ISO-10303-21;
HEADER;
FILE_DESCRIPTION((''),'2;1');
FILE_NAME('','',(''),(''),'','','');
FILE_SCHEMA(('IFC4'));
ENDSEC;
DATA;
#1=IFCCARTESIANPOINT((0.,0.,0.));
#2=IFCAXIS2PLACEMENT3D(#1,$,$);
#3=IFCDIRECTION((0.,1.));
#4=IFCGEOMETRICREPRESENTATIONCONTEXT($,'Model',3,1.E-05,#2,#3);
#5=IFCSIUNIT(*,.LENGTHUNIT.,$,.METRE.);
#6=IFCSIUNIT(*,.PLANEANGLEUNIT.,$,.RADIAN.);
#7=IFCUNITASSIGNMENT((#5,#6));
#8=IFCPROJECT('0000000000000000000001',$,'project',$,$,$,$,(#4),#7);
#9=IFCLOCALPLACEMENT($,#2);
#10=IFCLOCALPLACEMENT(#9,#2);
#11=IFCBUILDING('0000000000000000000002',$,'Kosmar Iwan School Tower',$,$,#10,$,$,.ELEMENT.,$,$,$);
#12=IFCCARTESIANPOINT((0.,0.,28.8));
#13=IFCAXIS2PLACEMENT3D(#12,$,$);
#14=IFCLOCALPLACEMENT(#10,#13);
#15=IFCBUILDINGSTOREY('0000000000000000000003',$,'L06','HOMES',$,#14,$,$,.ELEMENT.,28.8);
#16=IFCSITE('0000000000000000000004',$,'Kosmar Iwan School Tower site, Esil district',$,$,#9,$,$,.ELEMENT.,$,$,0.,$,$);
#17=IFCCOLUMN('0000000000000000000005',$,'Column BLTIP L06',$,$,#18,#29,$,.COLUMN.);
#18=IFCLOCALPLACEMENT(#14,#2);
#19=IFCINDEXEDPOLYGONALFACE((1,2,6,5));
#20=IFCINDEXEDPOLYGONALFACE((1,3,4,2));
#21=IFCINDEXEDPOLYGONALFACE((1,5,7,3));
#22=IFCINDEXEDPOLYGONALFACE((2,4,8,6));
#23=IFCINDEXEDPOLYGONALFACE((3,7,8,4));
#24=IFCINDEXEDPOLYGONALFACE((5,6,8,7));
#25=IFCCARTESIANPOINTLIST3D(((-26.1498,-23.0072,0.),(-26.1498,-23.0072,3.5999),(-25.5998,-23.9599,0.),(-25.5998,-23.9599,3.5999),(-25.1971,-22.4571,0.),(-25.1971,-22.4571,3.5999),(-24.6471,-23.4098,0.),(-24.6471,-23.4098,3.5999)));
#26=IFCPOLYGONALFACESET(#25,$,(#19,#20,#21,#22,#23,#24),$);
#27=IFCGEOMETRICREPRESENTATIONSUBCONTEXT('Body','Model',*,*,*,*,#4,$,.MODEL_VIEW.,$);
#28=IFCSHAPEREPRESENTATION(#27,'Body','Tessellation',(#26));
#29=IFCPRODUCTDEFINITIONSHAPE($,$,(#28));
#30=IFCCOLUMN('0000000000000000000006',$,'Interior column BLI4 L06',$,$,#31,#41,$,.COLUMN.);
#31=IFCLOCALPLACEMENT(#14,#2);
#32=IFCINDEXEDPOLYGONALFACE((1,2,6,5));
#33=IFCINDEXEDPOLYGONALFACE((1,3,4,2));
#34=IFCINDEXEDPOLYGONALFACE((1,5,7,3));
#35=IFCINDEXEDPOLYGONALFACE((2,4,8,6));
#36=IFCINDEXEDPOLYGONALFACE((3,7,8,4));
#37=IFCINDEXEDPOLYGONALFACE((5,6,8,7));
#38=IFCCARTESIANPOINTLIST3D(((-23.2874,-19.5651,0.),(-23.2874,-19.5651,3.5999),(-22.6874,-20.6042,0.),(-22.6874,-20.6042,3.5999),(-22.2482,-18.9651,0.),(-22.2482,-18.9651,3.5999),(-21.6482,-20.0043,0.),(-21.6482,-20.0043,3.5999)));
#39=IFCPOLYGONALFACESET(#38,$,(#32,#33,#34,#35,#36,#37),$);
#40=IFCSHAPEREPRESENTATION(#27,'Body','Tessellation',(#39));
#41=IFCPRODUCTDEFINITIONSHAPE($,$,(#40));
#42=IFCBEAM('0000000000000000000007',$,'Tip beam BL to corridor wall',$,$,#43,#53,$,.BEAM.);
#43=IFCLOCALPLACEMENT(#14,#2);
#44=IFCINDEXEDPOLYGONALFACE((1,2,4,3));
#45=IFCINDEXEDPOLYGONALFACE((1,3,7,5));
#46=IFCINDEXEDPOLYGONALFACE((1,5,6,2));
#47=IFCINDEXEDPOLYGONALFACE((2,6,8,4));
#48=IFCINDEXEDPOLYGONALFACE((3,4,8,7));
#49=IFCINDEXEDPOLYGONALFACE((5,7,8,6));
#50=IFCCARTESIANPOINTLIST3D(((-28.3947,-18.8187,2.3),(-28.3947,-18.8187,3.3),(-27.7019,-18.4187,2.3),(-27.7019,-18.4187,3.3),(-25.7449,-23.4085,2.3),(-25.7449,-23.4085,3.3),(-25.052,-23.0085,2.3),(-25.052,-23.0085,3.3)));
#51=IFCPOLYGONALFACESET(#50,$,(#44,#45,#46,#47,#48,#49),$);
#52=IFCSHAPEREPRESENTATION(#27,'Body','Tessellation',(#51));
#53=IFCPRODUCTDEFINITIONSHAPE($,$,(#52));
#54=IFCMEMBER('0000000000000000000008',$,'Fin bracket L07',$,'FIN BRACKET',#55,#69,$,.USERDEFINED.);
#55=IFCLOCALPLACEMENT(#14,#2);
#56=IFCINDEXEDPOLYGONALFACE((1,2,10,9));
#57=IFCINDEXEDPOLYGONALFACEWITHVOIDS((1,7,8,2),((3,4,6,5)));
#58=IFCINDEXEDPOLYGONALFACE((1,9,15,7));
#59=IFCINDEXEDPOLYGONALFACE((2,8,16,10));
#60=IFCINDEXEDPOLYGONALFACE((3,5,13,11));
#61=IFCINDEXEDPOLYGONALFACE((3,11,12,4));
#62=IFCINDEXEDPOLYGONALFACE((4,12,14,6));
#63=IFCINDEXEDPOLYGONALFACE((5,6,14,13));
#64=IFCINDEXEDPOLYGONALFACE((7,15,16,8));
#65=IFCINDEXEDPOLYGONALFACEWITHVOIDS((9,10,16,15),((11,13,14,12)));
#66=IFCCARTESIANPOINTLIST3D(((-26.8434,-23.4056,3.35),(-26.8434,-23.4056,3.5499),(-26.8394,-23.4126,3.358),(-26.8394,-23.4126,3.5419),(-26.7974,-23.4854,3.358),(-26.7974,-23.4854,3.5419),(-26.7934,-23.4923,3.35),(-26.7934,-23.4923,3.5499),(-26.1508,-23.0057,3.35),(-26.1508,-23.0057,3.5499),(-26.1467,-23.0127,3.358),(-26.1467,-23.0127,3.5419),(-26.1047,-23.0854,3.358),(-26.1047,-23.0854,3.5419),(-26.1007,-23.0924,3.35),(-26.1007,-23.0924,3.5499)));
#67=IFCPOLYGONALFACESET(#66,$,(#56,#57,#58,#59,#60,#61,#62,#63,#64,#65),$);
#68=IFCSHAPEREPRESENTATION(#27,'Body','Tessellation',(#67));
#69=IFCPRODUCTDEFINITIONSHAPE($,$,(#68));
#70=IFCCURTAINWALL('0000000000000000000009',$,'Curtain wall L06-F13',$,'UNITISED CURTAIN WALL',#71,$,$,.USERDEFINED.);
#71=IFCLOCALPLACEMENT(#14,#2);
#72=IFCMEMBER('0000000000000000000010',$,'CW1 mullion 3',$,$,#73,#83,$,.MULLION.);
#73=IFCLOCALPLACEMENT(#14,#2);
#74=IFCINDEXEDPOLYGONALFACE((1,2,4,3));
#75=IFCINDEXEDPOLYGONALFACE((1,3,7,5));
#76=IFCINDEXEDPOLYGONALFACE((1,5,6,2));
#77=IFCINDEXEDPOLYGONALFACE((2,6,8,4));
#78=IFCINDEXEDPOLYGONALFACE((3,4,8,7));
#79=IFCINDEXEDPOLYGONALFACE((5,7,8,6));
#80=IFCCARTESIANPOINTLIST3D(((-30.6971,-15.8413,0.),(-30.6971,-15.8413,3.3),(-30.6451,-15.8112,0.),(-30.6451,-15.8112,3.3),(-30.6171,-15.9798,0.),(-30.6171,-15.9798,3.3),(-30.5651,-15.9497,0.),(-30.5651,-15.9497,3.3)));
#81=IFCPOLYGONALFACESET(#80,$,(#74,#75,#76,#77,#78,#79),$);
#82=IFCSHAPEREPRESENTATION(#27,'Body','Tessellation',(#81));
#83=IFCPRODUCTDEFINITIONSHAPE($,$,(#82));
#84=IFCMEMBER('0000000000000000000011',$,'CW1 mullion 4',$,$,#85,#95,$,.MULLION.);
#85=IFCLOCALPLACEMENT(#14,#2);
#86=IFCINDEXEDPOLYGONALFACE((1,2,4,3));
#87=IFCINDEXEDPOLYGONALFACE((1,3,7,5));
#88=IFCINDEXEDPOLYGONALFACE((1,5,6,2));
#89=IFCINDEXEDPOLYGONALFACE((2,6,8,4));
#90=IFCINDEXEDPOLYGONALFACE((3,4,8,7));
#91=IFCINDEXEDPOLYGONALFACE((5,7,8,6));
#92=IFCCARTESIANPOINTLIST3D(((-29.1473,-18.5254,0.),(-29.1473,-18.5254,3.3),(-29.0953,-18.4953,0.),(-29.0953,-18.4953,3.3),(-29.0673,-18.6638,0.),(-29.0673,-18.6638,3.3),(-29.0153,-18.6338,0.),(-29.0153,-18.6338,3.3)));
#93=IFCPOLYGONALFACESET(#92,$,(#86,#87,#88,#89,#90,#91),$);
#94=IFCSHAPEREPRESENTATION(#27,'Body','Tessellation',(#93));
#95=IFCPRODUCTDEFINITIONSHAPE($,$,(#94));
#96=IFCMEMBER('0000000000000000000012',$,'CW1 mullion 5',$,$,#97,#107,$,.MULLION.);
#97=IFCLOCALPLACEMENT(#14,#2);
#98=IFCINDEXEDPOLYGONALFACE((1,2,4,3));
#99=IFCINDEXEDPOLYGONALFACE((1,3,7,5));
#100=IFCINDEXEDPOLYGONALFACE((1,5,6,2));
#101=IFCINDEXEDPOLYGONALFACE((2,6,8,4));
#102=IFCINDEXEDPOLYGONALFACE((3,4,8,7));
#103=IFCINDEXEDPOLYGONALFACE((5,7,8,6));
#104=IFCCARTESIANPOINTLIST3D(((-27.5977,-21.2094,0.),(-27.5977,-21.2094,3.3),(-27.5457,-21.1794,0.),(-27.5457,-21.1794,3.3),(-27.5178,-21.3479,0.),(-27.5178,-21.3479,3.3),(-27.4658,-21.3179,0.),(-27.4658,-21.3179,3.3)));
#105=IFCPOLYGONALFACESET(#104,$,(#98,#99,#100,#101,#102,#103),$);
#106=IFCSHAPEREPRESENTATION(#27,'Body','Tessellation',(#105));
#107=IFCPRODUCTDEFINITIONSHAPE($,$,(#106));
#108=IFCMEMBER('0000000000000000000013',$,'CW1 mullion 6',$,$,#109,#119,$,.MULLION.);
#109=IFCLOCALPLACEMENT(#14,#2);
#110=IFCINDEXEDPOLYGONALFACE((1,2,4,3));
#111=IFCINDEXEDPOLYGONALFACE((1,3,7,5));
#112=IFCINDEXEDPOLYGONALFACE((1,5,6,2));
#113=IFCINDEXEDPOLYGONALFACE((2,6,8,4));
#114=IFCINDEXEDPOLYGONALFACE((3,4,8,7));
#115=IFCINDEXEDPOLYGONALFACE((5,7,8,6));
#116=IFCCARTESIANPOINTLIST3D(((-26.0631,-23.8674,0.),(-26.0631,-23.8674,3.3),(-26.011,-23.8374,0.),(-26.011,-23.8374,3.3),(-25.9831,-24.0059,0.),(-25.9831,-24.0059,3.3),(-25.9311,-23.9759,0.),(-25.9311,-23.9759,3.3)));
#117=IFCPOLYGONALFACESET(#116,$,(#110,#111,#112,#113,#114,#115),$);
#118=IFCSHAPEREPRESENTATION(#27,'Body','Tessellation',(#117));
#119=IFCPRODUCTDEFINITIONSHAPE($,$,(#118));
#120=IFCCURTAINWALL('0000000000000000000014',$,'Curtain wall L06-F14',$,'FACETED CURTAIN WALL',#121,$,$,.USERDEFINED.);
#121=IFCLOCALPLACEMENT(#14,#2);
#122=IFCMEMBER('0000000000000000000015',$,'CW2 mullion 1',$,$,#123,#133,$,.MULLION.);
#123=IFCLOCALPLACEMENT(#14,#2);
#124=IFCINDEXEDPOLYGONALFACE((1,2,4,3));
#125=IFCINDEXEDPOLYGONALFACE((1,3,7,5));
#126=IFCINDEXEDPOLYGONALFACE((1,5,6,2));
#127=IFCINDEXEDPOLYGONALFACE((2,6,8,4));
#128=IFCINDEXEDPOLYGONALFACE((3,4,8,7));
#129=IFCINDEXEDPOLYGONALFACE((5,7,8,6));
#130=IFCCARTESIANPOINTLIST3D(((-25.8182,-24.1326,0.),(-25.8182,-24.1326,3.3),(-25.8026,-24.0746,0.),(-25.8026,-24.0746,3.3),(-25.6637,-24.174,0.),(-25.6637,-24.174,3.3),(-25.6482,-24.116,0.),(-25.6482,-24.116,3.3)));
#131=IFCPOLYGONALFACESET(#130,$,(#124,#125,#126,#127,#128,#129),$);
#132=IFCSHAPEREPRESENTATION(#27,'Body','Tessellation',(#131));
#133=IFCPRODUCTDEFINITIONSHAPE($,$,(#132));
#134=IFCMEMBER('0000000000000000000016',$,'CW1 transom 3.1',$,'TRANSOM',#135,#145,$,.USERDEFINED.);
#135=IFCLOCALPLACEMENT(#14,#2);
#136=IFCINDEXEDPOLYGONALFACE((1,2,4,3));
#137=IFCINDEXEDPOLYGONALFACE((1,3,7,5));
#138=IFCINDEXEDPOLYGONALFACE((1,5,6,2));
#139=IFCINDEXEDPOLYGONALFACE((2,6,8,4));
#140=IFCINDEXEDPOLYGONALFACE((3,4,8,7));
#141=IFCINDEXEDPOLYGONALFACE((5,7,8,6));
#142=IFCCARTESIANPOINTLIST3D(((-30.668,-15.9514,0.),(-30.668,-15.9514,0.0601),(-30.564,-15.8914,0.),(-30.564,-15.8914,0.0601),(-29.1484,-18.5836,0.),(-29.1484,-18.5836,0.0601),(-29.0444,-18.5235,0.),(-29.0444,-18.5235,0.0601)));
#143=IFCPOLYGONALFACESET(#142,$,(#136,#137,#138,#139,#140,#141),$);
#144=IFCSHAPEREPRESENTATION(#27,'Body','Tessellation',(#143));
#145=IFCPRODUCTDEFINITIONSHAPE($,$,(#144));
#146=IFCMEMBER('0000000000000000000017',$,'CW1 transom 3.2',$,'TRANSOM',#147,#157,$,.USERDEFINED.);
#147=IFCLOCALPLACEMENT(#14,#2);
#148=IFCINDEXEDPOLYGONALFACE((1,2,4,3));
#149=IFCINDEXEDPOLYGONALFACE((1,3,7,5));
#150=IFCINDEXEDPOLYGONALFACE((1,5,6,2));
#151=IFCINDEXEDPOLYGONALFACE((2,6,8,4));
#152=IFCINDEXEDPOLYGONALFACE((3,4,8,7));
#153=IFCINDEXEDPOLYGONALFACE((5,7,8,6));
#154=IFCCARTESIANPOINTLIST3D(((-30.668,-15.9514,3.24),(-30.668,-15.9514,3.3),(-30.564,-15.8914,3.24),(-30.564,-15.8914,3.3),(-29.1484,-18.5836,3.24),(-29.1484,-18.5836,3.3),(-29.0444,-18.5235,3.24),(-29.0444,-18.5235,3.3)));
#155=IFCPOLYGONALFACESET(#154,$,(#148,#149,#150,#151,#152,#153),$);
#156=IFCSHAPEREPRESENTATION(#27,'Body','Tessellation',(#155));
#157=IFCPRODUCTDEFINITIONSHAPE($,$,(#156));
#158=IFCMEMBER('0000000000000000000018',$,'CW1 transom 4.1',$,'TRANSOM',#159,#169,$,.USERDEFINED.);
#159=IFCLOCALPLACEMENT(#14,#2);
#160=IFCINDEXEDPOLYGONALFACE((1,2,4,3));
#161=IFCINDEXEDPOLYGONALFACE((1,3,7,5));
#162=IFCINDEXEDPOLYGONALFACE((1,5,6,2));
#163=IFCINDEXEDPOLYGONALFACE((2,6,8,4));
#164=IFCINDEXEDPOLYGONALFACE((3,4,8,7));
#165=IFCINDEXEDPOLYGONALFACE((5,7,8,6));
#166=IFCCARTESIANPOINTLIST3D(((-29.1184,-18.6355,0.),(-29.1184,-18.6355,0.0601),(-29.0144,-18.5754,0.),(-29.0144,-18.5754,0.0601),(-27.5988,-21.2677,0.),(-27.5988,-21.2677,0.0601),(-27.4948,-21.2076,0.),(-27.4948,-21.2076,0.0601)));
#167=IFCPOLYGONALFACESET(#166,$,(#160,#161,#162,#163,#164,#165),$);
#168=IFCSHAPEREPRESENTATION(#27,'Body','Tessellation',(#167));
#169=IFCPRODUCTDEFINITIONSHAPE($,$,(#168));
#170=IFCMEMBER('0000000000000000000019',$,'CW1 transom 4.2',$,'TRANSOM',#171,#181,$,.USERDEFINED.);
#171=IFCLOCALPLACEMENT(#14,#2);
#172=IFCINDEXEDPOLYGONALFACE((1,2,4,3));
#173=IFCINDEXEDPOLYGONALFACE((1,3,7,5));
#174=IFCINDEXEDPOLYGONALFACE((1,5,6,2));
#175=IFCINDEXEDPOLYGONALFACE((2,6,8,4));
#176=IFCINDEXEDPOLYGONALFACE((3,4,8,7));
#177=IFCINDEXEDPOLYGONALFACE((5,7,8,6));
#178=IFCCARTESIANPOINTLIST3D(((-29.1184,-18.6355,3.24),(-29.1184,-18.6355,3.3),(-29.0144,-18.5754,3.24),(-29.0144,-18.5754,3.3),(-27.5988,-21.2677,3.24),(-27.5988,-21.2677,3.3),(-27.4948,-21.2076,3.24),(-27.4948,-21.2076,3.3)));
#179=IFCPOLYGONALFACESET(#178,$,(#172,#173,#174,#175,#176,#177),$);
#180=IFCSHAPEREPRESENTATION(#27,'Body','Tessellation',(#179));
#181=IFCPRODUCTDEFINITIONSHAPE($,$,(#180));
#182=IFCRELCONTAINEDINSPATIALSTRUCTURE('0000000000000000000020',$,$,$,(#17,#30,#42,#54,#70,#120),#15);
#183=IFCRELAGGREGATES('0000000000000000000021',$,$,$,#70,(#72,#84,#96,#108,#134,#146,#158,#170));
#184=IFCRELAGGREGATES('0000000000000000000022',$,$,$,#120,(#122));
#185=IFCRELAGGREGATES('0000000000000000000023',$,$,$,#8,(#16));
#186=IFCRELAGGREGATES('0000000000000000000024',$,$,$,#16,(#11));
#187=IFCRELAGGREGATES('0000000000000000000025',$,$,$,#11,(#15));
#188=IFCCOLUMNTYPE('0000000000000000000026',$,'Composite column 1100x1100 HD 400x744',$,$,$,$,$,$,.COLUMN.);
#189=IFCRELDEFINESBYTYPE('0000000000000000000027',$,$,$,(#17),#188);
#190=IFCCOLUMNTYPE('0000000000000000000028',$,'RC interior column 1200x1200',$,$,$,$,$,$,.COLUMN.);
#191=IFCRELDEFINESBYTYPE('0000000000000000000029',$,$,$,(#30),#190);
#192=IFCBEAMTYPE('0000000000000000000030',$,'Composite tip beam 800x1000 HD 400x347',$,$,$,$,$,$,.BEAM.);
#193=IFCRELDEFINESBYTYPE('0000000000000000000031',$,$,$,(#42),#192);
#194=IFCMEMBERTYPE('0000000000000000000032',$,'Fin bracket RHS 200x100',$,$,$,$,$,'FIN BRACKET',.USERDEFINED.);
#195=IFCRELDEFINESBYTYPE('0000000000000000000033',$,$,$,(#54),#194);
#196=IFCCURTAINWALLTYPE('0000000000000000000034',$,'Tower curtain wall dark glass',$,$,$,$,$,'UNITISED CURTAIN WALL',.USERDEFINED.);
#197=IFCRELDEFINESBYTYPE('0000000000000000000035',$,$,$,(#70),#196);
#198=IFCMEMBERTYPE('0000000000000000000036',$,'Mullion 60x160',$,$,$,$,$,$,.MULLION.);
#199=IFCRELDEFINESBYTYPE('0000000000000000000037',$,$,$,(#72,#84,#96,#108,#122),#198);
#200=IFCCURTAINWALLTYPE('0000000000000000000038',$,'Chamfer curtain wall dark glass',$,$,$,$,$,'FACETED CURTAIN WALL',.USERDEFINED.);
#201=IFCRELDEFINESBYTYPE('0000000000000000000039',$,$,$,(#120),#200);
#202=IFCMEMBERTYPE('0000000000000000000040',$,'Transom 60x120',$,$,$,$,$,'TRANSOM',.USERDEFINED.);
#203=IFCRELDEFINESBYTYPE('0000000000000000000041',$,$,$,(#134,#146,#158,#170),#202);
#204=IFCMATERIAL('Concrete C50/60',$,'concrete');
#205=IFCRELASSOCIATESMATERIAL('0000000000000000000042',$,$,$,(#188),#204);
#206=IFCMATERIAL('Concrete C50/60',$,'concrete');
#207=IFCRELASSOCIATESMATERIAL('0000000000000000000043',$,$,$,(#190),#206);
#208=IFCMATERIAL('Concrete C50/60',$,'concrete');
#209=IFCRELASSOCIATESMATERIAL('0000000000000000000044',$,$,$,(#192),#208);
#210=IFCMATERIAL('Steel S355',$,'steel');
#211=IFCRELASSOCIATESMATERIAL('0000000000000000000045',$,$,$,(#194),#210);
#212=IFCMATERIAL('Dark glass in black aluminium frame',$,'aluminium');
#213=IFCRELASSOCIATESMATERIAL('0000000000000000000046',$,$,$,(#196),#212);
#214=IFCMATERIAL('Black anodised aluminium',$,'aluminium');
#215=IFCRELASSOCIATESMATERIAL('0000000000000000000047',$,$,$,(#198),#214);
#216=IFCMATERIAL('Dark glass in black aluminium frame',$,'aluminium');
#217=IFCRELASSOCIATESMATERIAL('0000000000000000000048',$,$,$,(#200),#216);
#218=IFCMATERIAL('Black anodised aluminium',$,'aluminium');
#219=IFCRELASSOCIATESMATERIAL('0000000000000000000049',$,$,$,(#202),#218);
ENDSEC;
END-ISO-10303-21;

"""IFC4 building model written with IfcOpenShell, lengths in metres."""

from ifc_helpers import new_model, si_unit, direction, frame, origin, origin_2d, place, context, subcontext, project, spatial, rectangle, hollow_rectangle, extrude, material, material_profile, profile_set, type_object, element, aggregate, save


model = new_model("IFC4")

# Units and contexts
model_context = context("Model", 3, precision=1e-05, world=origin(), true_north=direction((0.0, 1.0)))
body_context = subcontext(model_context, "Body", "Model", "MODEL_VIEW")
ifc_project = project(units=[si_unit("LENGTHUNIT", "METRE"), si_unit("PLANEANGLEUNIT", "RADIAN")], contexts=[model_context])

# Site, building, storey
site_placement = place(None, origin())
site = spatial("IfcSite", under=ifc_project, at=site_placement, Name="Kosmar Iwan School Tower site, Esil district", CompositionType="ELEMENT", RefElevation=0.0)
building_placement = place(site_placement, origin())
building = spatial("IfcBuilding", under=site, at=building_placement, Name="Kosmar Iwan School Tower", CompositionType="ELEMENT")
storey_placement = place(building_placement, frame((0.0, 0.0, 28.8)))
storey = spatial("IfcBuildingStorey", under=building, at=storey_placement, Name="L06", Description="HOMES", CompositionType="ELEMENT", Elevation=28.8)

# Columns
ifc_material_1 = material(Name="Concrete C50/60", Category="concrete")
ifc_material_profile_1 = material_profile(ifc_material_1, rectangle(XDim=1.1001, YDim=1.1001, at=origin_2d()), Name="RC 1100x1100 + HD 400x744")
ifc_profile_set_1 = profile_set([ifc_material_profile_1], Name="Concrete C50/60")
column_type_1 = type_object("IfcColumnType", Name="Composite column 1100x1100 HD 400x744", PredefinedType="COLUMN", material=ifc_profile_set_1)
column_1_placement = place(storey_placement, frame((-25.3984, -23.2085, 0.0), z_axis=(0.0, 0.0, 1.0), x_axis=(-0.866025, -0.5, 0.0)))
element("IfcColumn", 1, at=column_1_placement, inside=storey, type_object=column_type_1, Name="Column BLTIP L06", PredefinedType="COLUMN", context=body_context, shape_type="SweptSolid", body=[
    extrude(rectangle(XDim=1.1001, YDim=1.1001, at=origin_2d()), origin(), (0.0, 0.0, 1.0), 3.5999),
])
ifc_material_2 = material(Name="Concrete C50/60", Category="concrete")
ifc_material_profile_2 = material_profile(ifc_material_2, rectangle(XDim=1.2, YDim=1.2, at=origin_2d()), Name="RC 1200x1200")
ifc_profile_set_2 = profile_set([ifc_material_profile_2], Name="Concrete C50/60")
column_type_2 = type_object("IfcColumnType", Name="RC interior column 1200x1200", PredefinedType="COLUMN", material=ifc_profile_set_2)
column_2_placement = place(storey_placement, frame((-22.4678, -19.7847, 0.0), z_axis=(0.0, 0.0, 1.0), x_axis=(-0.866025, -0.5, 0.0)))
element("IfcColumn", 2, at=column_2_placement, inside=storey, type_object=column_type_2, Name="Interior column BLI4 L06", PredefinedType="COLUMN", context=body_context, shape_type="SweptSolid", body=[
    extrude(rectangle(XDim=1.2, YDim=1.2, at=origin_2d()), origin(), (0.0, 0.0, 1.0), 3.5999),
])

# Beam
ifc_material_3 = material(Name="Concrete C50/60", Category="concrete")
ifc_material_profile_3 = material_profile(ifc_material_3, rectangle(XDim=0.8, YDim=1.0, at=origin_2d()), Name="RC 800x1000 + HD 400x347")
ifc_profile_set_3 = profile_set([ifc_material_profile_3], Name="Concrete C50/60")
beam_type = type_object("IfcBeamType", Name="Composite tip beam 800x1000 HD 400x347", PredefinedType="BEAM", material=ifc_profile_set_3)
beam_placement = place(storey_placement, frame((-25.3984, -23.2085, 2.8), z_axis=(-0.499994, 0.866029, 0.0), x_axis=(-0.866029, -0.499994, 0.0)))
element("IfcBeam", 3, at=beam_placement, inside=storey, type_object=beam_type, Name="Tip beam BL to corridor wall", PredefinedType="BEAM", context=body_context, shape_type="SweptSolid", body=[
    extrude(rectangle(XDim=0.8, YDim=1.0, at=origin_2d()), origin(), (0.0, 0.0, 1.0), 5.2998),
])

# Member
ifc_material_4 = material(Name="Steel S355", Category="steel")
ifc_material_profile_4 = material_profile(ifc_material_4, hollow_rectangle(XDim=0.1001, YDim=0.2, WallThickness=0.0081, at=origin_2d()), Name="RHS 200x100x8")
ifc_profile_set_4 = profile_set([ifc_material_profile_4], Name="Steel S355")
member_type_1 = type_object("IfcMemberType", Name="Fin bracket RHS 200x100", ElementType="FIN BRACKET", PredefinedType="USERDEFINED", material=ifc_profile_set_4)
member_1_placement = place(storey_placement, frame((-26.1257, -23.0491, 3.45), z_axis=(-0.866018, -0.500013, 0.0), x_axis=(0.500013, -0.866018, 0.0)))
element("IfcMember", 4, at=member_1_placement, inside=storey, type_object=member_type_1, Name="Fin bracket L07", ObjectType="FIN BRACKET", PredefinedType="USERDEFINED", context=body_context, shape_type="SweptSolid", body=[
    extrude(hollow_rectangle(XDim=0.1001, YDim=0.2, WallThickness=0.0081, at=origin_2d()), origin(), (0.0, 0.0, 1.0), 0.7998),
])

# Curtain wall, members
ifc_material_5 = material(Name="Dark glass in black aluminium frame", Category="aluminium")
curtain_wall_type_1 = type_object("IfcCurtainWallType", Name="Tower curtain wall dark glass", ElementType="UNITISED CURTAIN WALL", PredefinedType="USERDEFINED", material=ifc_material_5)
curtain_wall_1_placement = place(storey_placement, origin())
curtain_wall_1 = element("IfcCurtainWall", 5, at=curtain_wall_1_placement, inside=storey, type_object=curtain_wall_type_1, Name="Curtain wall L06-F13", ObjectType="UNITISED CURTAIN WALL", PredefinedType="USERDEFINED")
ifc_material_6 = material(Name="Black anodised aluminium", Category="aluminium")
ifc_material_profile_5 = material_profile(ifc_material_6, rectangle(XDim=0.0601, YDim=0.1599, at=origin_2d()), Name="MULLION 60x160")
ifc_profile_set_5 = profile_set([ifc_material_profile_5], Name="Black anodised aluminium")
member_type_2 = type_object("IfcMemberType", Name="Mullion 60x160", PredefinedType="MULLION", material=ifc_profile_set_5)
member_2_placement = place(storey_placement, frame((-30.6311, -15.8955, 0.0), z_axis=(0.0, 0.0, 1.0), x_axis=(0.866025, 0.5, 0.0)))
member_2 = element("IfcMember", 6, at=member_2_placement, type_object=member_type_2, Name="CW1 mullion 3", PredefinedType="MULLION", context=body_context, shape_type="SweptSolid", body=[
    extrude(rectangle(XDim=0.0601, YDim=0.1599, at=origin_2d()), origin(), (0.0, 0.0, 1.0), 3.3),
])
member_3_placement = place(storey_placement, frame((-29.0813, -18.5796, 0.0), z_axis=(0.0, 0.0, 1.0), x_axis=(0.866025, 0.5, 0.0)))
member_3 = element("IfcMember", 7, at=member_3_placement, type_object=member_type_2, Name="CW1 mullion 4", PredefinedType="MULLION", context=body_context, shape_type="SweptSolid", body=[
    extrude(rectangle(XDim=0.0601, YDim=0.1599, at=origin_2d()), origin(), (0.0, 0.0, 1.0), 3.3),
])
member_4_placement = place(storey_placement, frame((-27.5317, -21.2637, 0.0), z_axis=(0.0, 0.0, 1.0), x_axis=(0.866025, 0.5, 0.0)))
member_4 = element("IfcMember", 8, at=member_4_placement, type_object=member_type_2, Name="CW1 mullion 5", PredefinedType="MULLION", context=body_context, shape_type="SweptSolid", body=[
    extrude(rectangle(XDim=0.0601, YDim=0.1599, at=origin_2d()), origin(), (0.0, 0.0, 1.0), 3.3),
])
member_5_placement = place(storey_placement, frame((-25.9971, -23.9216, 0.0), z_axis=(0.0, 0.0, 1.0), x_axis=(0.866025, 0.5, 0.0)))
member_5 = element("IfcMember", 9, at=member_5_placement, type_object=member_type_2, Name="CW1 mullion 6", PredefinedType="MULLION", context=body_context, shape_type="SweptSolid", body=[
    extrude(rectangle(XDim=0.0601, YDim=0.1599, at=origin_2d()), origin(), (0.0, 0.0, 1.0), 3.3),
])

# Curtain wall, member
ifc_material_7 = material(Name="Dark glass in black aluminium frame", Category="aluminium")
curtain_wall_type_2 = type_object("IfcCurtainWallType", Name="Chamfer curtain wall dark glass", ElementType="FACETED CURTAIN WALL", PredefinedType="USERDEFINED", material=ifc_material_7)
curtain_wall_2_placement = place(storey_placement, origin())
curtain_wall_2 = element("IfcCurtainWall", 10, at=curtain_wall_2_placement, inside=storey, type_object=curtain_wall_type_2, Name="Curtain wall L06-F14", ObjectType="FACETED CURTAIN WALL", PredefinedType="USERDEFINED")
member_6_placement = place(storey_placement, frame((-25.7332, -24.1243, 0.0), z_axis=(0.0, 0.0, 1.0), x_axis=(0.258819, 0.965926, 0.0)))
member_6 = element("IfcMember", 11, at=member_6_placement, type_object=member_type_2, Name="CW2 mullion 1", PredefinedType="MULLION", context=body_context, shape_type="SweptSolid", body=[
    extrude(rectangle(XDim=0.0601, YDim=0.1599, at=origin_2d()), origin(), (0.0, 0.0, 1.0), 3.3),
])

# Members
ifc_material_8 = material(Name="Black anodised aluminium", Category="aluminium")
ifc_material_profile_6 = material_profile(ifc_material_8, rectangle(XDim=0.1201, YDim=0.0601, at=origin_2d()), Name="TRANSOM 60x120")
ifc_profile_set_6 = profile_set([ifc_material_profile_6], Name="Black anodised aluminium")
member_type_3 = type_object("IfcMemberType", Name="Transom 60x120", ElementType="TRANSOM", PredefinedType="USERDEFINED", material=ifc_profile_set_6)
member_7_placement = place(storey_placement, frame((-30.616, -15.9214, 0.03), z_axis=(0.499975, -0.86604, 0.0), x_axis=(0.86604, 0.499975, 0.0)))
member_7 = element("IfcMember", 12, at=member_7_placement, type_object=member_type_3, Name="CW1 transom 3.1", ObjectType="TRANSOM", PredefinedType="USERDEFINED", context=body_context, shape_type="SweptSolid", body=[
    extrude(rectangle(XDim=0.1201, YDim=0.0601, at=origin_2d()), origin(), (0.0, 0.0, 1.0), 3.0393),
])
member_8_placement = place(storey_placement, frame((-30.616, -15.9214, 3.27), z_axis=(0.499975, -0.86604, 0.0), x_axis=(0.86604, 0.499975, 0.0)))
member_8 = element("IfcMember", 13, at=member_8_placement, type_object=member_type_3, Name="CW1 transom 3.2", ObjectType="TRANSOM", PredefinedType="USERDEFINED", context=body_context, shape_type="SweptSolid", body=[
    extrude(rectangle(XDim=0.1201, YDim=0.0601, at=origin_2d()), origin(), (0.0, 0.0, 1.0), 3.0393),
])
member_9_placement = place(storey_placement, frame((-29.0664, -18.6055, 0.03), z_axis=(0.499975, -0.86604, 0.0), x_axis=(0.86604, 0.499975, 0.0)))
member_9 = element("IfcMember", 14, at=member_9_placement, type_object=member_type_3, Name="CW1 transom 4.1", ObjectType="TRANSOM", PredefinedType="USERDEFINED", context=body_context, shape_type="SweptSolid", body=[
    extrude(rectangle(XDim=0.1201, YDim=0.0601, at=origin_2d()), origin(), (0.0, 0.0, 1.0), 3.0393),
])
member_10_placement = place(storey_placement, frame((-29.0664, -18.6055, 3.27), z_axis=(0.499975, -0.86604, 0.0), x_axis=(0.86604, 0.499975, 0.0)))
member_10 = element("IfcMember", 15, at=member_10_placement, type_object=member_type_3, Name="CW1 transom 4.2", ObjectType="TRANSOM", PredefinedType="USERDEFINED", context=body_context, shape_type="SweptSolid", body=[
    extrude(rectangle(XDim=0.1201, YDim=0.0601, at=origin_2d()), origin(), (0.0, 0.0, 1.0), 3.0393),
])

aggregate(curtain_wall_1, [member_2, member_3, member_4, member_5, member_7, member_8, member_9, member_10])
aggregate(curtain_wall_2, [member_6])

save(model, "model.ifc")
